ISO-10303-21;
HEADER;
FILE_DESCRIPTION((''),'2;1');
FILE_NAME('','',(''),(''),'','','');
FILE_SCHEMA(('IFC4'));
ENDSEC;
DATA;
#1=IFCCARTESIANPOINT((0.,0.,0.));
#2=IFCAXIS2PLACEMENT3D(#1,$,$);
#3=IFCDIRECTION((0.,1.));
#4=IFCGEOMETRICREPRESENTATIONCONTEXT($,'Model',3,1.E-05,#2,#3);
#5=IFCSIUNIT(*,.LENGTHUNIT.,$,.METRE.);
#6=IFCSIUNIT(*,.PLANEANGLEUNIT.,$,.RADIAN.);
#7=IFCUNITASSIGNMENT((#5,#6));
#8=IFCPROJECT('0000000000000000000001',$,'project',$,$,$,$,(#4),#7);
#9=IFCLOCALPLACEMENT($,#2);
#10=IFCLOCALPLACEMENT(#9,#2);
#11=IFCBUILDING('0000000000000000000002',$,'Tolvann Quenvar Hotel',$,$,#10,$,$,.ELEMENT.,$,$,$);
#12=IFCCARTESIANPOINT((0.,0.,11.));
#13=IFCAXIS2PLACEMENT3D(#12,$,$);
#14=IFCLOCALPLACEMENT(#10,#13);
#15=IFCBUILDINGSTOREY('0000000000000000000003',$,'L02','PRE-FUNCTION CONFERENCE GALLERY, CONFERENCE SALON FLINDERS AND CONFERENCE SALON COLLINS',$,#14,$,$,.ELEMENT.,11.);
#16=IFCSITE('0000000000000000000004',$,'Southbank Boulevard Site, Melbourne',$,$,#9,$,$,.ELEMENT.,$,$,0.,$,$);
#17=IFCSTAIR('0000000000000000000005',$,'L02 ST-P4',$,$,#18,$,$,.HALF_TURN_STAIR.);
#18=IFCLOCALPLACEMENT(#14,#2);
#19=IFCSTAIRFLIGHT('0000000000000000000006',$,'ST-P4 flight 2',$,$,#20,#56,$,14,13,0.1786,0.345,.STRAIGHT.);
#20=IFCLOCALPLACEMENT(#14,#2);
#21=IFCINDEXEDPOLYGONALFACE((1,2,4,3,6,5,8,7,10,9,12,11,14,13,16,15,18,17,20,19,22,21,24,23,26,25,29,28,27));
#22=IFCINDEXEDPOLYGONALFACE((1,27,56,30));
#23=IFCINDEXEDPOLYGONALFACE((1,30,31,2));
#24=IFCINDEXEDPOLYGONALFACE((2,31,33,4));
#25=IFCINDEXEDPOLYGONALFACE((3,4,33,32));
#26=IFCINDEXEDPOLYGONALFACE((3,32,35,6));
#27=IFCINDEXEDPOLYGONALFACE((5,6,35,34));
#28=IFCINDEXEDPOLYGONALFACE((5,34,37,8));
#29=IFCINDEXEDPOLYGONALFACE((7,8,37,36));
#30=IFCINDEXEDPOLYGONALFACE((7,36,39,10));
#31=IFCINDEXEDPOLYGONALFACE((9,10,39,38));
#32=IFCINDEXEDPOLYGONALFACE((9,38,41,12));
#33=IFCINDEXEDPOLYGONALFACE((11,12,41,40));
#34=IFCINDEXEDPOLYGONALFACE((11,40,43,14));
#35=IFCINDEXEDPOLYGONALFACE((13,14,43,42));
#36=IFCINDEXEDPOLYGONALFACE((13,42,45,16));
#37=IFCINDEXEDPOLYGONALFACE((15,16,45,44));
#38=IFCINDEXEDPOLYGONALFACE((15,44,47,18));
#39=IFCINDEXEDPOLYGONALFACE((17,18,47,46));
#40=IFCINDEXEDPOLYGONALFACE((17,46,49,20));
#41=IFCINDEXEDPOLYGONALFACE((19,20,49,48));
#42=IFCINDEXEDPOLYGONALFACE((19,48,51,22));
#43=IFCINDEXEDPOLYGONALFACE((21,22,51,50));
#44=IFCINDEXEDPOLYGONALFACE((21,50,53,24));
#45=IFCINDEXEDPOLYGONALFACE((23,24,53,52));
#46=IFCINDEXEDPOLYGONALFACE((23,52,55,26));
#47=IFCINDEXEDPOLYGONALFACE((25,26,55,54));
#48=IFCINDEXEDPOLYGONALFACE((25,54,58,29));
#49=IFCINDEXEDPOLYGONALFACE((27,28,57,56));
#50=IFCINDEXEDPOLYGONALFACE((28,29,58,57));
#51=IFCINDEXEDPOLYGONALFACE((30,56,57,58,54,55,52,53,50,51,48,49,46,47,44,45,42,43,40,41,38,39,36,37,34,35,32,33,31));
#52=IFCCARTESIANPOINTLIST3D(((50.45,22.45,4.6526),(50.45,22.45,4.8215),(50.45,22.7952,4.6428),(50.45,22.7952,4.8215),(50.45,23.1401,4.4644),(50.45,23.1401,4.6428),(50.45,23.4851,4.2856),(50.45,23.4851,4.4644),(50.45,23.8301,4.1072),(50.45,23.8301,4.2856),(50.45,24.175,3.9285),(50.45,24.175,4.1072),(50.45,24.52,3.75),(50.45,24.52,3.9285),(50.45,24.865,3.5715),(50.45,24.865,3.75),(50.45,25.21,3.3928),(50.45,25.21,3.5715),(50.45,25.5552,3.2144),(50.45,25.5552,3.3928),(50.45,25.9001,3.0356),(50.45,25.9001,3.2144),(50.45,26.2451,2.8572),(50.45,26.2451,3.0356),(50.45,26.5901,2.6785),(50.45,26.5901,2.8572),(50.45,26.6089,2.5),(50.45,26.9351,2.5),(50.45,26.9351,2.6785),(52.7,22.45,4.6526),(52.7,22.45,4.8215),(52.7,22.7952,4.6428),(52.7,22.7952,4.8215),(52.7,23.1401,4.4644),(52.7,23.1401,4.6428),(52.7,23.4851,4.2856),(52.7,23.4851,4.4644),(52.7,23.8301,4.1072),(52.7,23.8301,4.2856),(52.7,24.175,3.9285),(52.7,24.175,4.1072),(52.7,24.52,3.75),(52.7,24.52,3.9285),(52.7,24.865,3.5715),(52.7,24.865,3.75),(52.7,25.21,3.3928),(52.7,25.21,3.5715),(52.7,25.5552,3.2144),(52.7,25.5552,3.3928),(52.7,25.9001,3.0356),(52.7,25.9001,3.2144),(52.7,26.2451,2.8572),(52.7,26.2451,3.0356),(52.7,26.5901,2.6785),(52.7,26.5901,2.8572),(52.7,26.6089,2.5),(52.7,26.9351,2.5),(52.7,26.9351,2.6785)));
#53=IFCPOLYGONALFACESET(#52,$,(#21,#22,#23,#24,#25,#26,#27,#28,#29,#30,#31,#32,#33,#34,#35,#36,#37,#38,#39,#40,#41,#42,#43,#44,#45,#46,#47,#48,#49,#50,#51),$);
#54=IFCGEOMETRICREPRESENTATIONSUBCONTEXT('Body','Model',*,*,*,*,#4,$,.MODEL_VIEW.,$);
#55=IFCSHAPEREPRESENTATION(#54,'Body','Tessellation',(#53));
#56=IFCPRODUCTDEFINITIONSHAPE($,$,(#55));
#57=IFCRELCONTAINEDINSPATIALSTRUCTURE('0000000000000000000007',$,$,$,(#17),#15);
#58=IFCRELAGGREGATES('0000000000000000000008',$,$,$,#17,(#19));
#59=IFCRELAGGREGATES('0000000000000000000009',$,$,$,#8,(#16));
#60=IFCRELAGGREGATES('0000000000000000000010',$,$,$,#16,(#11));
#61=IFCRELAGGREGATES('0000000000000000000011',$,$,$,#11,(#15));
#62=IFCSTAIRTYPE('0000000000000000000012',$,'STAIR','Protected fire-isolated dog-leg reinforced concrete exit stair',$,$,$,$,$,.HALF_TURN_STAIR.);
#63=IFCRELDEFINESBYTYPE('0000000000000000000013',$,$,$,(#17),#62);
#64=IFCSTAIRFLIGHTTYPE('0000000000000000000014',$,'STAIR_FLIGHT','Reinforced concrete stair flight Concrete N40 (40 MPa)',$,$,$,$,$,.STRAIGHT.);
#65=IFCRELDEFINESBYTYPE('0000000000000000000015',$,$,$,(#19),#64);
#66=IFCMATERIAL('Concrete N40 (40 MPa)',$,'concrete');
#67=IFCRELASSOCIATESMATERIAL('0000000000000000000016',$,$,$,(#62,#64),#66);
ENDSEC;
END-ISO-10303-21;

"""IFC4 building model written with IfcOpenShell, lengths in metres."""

from ifc_helpers import new_model, si_unit, direction, frame, origin, place, context, subcontext, project, spatial, polyline, outline, extrude, material, type_object, element, aggregate, save


model = new_model("IFC4")

# Units and contexts
model_context = context("Model", 3, precision=1e-05, world=origin(), true_north=direction((0.0, 1.0)))
body_context = subcontext(model_context, "Body", "Model", "MODEL_VIEW")
ifc_project = project(units=[si_unit("LENGTHUNIT", "METRE"), si_unit("PLANEANGLEUNIT", "RADIAN")], contexts=[model_context])

# Site, building, storey
site_placement = place(None, origin())
site = spatial("IfcSite", under=ifc_project, at=site_placement, Name="Southbank Boulevard Site, Melbourne", CompositionType="ELEMENT", RefElevation=0.0)
building_placement = place(site_placement, origin())
building = spatial("IfcBuilding", under=site, at=building_placement, Name="Tolvann Quenvar Hotel", CompositionType="ELEMENT")
storey_placement = place(building_placement, frame((0.0, 0.0, 11.0)))
storey = spatial("IfcBuildingStorey", under=building, at=storey_placement, Name="L02", Description="PRE-FUNCTION CONFERENCE GALLERY, CONFERENCE SALON FLINDERS AND CONFERENCE SALON COLLINS", CompositionType="ELEMENT", Elevation=11.0)

# Stair, stair flight
ifc_material_1 = material(Name="Concrete N40 (40 MPa)", Category="concrete")
stair_type = type_object("IfcStairType", Name="STAIR", Description="Protected fire-isolated dog-leg reinforced concrete exit stair", PredefinedType="HALF_TURN_STAIR", material=ifc_material_1)
stair_placement = place(storey_placement, origin())
stair = element("IfcStair", 1, at=stair_placement, inside=storey, type_object=stair_type, Name="L02 ST-P4", PredefinedType="HALF_TURN_STAIR")
stair_flight_type = type_object("IfcStairFlightType", Name="STAIR_FLIGHT", Description="Reinforced concrete stair flight Concrete N40 (40 MPa)", PredefinedType="STRAIGHT", material=ifc_material_1)
stair_flight_1_placement = place(storey_placement, frame((51.575, 26.9351, 2.5), z_axis=(0.0, 0.0, 1.0), x_axis=(0.0, -1.0, 0.0)))
stair_flight_1 = element("IfcStairFlight", 2, at=stair_flight_1_placement, type_object=stair_flight_type, Name="ST-P4 flight 2", NumberOfRisers=14, NumberOfTreads=13, PredefinedType="STRAIGHT", RiserHeight=0.1786, TreadLength=0.345, context=body_context, shape_type="SweptSolid", body=[
    extrude(outline(polyline([(0.0, 0.0), (0.0, 0.1785), (0.345, 0.1785), (0.345, 0.3572), (0.6899, 0.3572), (0.6899, 0.5356), (1.0349, 0.5356), (1.0349, 0.7144), (1.3799, 0.7144), (1.3799, 0.8928), (1.7251, 0.8928), (1.7251, 1.0715), (2.0701, 1.0715), (2.0701, 1.25), (2.415, 1.25), (2.415, 1.4285), (2.76, 1.4285), (2.76, 1.6072), (3.105, 1.6072), (3.105, 1.7856), (3.45, 1.7856), (3.45, 1.9644), (3.7949, 1.9644), (3.7949, 2.1428), (4.1399, 2.1428), (4.1399, 2.3215), (4.4851, 2.3215), (4.4851, 2.5), (4.4851, 2.1526), (0.3262, 0.0), (0.0, 0.0)])), frame((0.0, 1.125, 0.0), z_axis=(0.0, -1.0, 0.0), x_axis=(1.0, 0.0, 0.0)), (0.0, 0.0, 1.0), 2.25),
])
aggregate(stair, [stair_flight_1])

save(model, "model.ifc")
